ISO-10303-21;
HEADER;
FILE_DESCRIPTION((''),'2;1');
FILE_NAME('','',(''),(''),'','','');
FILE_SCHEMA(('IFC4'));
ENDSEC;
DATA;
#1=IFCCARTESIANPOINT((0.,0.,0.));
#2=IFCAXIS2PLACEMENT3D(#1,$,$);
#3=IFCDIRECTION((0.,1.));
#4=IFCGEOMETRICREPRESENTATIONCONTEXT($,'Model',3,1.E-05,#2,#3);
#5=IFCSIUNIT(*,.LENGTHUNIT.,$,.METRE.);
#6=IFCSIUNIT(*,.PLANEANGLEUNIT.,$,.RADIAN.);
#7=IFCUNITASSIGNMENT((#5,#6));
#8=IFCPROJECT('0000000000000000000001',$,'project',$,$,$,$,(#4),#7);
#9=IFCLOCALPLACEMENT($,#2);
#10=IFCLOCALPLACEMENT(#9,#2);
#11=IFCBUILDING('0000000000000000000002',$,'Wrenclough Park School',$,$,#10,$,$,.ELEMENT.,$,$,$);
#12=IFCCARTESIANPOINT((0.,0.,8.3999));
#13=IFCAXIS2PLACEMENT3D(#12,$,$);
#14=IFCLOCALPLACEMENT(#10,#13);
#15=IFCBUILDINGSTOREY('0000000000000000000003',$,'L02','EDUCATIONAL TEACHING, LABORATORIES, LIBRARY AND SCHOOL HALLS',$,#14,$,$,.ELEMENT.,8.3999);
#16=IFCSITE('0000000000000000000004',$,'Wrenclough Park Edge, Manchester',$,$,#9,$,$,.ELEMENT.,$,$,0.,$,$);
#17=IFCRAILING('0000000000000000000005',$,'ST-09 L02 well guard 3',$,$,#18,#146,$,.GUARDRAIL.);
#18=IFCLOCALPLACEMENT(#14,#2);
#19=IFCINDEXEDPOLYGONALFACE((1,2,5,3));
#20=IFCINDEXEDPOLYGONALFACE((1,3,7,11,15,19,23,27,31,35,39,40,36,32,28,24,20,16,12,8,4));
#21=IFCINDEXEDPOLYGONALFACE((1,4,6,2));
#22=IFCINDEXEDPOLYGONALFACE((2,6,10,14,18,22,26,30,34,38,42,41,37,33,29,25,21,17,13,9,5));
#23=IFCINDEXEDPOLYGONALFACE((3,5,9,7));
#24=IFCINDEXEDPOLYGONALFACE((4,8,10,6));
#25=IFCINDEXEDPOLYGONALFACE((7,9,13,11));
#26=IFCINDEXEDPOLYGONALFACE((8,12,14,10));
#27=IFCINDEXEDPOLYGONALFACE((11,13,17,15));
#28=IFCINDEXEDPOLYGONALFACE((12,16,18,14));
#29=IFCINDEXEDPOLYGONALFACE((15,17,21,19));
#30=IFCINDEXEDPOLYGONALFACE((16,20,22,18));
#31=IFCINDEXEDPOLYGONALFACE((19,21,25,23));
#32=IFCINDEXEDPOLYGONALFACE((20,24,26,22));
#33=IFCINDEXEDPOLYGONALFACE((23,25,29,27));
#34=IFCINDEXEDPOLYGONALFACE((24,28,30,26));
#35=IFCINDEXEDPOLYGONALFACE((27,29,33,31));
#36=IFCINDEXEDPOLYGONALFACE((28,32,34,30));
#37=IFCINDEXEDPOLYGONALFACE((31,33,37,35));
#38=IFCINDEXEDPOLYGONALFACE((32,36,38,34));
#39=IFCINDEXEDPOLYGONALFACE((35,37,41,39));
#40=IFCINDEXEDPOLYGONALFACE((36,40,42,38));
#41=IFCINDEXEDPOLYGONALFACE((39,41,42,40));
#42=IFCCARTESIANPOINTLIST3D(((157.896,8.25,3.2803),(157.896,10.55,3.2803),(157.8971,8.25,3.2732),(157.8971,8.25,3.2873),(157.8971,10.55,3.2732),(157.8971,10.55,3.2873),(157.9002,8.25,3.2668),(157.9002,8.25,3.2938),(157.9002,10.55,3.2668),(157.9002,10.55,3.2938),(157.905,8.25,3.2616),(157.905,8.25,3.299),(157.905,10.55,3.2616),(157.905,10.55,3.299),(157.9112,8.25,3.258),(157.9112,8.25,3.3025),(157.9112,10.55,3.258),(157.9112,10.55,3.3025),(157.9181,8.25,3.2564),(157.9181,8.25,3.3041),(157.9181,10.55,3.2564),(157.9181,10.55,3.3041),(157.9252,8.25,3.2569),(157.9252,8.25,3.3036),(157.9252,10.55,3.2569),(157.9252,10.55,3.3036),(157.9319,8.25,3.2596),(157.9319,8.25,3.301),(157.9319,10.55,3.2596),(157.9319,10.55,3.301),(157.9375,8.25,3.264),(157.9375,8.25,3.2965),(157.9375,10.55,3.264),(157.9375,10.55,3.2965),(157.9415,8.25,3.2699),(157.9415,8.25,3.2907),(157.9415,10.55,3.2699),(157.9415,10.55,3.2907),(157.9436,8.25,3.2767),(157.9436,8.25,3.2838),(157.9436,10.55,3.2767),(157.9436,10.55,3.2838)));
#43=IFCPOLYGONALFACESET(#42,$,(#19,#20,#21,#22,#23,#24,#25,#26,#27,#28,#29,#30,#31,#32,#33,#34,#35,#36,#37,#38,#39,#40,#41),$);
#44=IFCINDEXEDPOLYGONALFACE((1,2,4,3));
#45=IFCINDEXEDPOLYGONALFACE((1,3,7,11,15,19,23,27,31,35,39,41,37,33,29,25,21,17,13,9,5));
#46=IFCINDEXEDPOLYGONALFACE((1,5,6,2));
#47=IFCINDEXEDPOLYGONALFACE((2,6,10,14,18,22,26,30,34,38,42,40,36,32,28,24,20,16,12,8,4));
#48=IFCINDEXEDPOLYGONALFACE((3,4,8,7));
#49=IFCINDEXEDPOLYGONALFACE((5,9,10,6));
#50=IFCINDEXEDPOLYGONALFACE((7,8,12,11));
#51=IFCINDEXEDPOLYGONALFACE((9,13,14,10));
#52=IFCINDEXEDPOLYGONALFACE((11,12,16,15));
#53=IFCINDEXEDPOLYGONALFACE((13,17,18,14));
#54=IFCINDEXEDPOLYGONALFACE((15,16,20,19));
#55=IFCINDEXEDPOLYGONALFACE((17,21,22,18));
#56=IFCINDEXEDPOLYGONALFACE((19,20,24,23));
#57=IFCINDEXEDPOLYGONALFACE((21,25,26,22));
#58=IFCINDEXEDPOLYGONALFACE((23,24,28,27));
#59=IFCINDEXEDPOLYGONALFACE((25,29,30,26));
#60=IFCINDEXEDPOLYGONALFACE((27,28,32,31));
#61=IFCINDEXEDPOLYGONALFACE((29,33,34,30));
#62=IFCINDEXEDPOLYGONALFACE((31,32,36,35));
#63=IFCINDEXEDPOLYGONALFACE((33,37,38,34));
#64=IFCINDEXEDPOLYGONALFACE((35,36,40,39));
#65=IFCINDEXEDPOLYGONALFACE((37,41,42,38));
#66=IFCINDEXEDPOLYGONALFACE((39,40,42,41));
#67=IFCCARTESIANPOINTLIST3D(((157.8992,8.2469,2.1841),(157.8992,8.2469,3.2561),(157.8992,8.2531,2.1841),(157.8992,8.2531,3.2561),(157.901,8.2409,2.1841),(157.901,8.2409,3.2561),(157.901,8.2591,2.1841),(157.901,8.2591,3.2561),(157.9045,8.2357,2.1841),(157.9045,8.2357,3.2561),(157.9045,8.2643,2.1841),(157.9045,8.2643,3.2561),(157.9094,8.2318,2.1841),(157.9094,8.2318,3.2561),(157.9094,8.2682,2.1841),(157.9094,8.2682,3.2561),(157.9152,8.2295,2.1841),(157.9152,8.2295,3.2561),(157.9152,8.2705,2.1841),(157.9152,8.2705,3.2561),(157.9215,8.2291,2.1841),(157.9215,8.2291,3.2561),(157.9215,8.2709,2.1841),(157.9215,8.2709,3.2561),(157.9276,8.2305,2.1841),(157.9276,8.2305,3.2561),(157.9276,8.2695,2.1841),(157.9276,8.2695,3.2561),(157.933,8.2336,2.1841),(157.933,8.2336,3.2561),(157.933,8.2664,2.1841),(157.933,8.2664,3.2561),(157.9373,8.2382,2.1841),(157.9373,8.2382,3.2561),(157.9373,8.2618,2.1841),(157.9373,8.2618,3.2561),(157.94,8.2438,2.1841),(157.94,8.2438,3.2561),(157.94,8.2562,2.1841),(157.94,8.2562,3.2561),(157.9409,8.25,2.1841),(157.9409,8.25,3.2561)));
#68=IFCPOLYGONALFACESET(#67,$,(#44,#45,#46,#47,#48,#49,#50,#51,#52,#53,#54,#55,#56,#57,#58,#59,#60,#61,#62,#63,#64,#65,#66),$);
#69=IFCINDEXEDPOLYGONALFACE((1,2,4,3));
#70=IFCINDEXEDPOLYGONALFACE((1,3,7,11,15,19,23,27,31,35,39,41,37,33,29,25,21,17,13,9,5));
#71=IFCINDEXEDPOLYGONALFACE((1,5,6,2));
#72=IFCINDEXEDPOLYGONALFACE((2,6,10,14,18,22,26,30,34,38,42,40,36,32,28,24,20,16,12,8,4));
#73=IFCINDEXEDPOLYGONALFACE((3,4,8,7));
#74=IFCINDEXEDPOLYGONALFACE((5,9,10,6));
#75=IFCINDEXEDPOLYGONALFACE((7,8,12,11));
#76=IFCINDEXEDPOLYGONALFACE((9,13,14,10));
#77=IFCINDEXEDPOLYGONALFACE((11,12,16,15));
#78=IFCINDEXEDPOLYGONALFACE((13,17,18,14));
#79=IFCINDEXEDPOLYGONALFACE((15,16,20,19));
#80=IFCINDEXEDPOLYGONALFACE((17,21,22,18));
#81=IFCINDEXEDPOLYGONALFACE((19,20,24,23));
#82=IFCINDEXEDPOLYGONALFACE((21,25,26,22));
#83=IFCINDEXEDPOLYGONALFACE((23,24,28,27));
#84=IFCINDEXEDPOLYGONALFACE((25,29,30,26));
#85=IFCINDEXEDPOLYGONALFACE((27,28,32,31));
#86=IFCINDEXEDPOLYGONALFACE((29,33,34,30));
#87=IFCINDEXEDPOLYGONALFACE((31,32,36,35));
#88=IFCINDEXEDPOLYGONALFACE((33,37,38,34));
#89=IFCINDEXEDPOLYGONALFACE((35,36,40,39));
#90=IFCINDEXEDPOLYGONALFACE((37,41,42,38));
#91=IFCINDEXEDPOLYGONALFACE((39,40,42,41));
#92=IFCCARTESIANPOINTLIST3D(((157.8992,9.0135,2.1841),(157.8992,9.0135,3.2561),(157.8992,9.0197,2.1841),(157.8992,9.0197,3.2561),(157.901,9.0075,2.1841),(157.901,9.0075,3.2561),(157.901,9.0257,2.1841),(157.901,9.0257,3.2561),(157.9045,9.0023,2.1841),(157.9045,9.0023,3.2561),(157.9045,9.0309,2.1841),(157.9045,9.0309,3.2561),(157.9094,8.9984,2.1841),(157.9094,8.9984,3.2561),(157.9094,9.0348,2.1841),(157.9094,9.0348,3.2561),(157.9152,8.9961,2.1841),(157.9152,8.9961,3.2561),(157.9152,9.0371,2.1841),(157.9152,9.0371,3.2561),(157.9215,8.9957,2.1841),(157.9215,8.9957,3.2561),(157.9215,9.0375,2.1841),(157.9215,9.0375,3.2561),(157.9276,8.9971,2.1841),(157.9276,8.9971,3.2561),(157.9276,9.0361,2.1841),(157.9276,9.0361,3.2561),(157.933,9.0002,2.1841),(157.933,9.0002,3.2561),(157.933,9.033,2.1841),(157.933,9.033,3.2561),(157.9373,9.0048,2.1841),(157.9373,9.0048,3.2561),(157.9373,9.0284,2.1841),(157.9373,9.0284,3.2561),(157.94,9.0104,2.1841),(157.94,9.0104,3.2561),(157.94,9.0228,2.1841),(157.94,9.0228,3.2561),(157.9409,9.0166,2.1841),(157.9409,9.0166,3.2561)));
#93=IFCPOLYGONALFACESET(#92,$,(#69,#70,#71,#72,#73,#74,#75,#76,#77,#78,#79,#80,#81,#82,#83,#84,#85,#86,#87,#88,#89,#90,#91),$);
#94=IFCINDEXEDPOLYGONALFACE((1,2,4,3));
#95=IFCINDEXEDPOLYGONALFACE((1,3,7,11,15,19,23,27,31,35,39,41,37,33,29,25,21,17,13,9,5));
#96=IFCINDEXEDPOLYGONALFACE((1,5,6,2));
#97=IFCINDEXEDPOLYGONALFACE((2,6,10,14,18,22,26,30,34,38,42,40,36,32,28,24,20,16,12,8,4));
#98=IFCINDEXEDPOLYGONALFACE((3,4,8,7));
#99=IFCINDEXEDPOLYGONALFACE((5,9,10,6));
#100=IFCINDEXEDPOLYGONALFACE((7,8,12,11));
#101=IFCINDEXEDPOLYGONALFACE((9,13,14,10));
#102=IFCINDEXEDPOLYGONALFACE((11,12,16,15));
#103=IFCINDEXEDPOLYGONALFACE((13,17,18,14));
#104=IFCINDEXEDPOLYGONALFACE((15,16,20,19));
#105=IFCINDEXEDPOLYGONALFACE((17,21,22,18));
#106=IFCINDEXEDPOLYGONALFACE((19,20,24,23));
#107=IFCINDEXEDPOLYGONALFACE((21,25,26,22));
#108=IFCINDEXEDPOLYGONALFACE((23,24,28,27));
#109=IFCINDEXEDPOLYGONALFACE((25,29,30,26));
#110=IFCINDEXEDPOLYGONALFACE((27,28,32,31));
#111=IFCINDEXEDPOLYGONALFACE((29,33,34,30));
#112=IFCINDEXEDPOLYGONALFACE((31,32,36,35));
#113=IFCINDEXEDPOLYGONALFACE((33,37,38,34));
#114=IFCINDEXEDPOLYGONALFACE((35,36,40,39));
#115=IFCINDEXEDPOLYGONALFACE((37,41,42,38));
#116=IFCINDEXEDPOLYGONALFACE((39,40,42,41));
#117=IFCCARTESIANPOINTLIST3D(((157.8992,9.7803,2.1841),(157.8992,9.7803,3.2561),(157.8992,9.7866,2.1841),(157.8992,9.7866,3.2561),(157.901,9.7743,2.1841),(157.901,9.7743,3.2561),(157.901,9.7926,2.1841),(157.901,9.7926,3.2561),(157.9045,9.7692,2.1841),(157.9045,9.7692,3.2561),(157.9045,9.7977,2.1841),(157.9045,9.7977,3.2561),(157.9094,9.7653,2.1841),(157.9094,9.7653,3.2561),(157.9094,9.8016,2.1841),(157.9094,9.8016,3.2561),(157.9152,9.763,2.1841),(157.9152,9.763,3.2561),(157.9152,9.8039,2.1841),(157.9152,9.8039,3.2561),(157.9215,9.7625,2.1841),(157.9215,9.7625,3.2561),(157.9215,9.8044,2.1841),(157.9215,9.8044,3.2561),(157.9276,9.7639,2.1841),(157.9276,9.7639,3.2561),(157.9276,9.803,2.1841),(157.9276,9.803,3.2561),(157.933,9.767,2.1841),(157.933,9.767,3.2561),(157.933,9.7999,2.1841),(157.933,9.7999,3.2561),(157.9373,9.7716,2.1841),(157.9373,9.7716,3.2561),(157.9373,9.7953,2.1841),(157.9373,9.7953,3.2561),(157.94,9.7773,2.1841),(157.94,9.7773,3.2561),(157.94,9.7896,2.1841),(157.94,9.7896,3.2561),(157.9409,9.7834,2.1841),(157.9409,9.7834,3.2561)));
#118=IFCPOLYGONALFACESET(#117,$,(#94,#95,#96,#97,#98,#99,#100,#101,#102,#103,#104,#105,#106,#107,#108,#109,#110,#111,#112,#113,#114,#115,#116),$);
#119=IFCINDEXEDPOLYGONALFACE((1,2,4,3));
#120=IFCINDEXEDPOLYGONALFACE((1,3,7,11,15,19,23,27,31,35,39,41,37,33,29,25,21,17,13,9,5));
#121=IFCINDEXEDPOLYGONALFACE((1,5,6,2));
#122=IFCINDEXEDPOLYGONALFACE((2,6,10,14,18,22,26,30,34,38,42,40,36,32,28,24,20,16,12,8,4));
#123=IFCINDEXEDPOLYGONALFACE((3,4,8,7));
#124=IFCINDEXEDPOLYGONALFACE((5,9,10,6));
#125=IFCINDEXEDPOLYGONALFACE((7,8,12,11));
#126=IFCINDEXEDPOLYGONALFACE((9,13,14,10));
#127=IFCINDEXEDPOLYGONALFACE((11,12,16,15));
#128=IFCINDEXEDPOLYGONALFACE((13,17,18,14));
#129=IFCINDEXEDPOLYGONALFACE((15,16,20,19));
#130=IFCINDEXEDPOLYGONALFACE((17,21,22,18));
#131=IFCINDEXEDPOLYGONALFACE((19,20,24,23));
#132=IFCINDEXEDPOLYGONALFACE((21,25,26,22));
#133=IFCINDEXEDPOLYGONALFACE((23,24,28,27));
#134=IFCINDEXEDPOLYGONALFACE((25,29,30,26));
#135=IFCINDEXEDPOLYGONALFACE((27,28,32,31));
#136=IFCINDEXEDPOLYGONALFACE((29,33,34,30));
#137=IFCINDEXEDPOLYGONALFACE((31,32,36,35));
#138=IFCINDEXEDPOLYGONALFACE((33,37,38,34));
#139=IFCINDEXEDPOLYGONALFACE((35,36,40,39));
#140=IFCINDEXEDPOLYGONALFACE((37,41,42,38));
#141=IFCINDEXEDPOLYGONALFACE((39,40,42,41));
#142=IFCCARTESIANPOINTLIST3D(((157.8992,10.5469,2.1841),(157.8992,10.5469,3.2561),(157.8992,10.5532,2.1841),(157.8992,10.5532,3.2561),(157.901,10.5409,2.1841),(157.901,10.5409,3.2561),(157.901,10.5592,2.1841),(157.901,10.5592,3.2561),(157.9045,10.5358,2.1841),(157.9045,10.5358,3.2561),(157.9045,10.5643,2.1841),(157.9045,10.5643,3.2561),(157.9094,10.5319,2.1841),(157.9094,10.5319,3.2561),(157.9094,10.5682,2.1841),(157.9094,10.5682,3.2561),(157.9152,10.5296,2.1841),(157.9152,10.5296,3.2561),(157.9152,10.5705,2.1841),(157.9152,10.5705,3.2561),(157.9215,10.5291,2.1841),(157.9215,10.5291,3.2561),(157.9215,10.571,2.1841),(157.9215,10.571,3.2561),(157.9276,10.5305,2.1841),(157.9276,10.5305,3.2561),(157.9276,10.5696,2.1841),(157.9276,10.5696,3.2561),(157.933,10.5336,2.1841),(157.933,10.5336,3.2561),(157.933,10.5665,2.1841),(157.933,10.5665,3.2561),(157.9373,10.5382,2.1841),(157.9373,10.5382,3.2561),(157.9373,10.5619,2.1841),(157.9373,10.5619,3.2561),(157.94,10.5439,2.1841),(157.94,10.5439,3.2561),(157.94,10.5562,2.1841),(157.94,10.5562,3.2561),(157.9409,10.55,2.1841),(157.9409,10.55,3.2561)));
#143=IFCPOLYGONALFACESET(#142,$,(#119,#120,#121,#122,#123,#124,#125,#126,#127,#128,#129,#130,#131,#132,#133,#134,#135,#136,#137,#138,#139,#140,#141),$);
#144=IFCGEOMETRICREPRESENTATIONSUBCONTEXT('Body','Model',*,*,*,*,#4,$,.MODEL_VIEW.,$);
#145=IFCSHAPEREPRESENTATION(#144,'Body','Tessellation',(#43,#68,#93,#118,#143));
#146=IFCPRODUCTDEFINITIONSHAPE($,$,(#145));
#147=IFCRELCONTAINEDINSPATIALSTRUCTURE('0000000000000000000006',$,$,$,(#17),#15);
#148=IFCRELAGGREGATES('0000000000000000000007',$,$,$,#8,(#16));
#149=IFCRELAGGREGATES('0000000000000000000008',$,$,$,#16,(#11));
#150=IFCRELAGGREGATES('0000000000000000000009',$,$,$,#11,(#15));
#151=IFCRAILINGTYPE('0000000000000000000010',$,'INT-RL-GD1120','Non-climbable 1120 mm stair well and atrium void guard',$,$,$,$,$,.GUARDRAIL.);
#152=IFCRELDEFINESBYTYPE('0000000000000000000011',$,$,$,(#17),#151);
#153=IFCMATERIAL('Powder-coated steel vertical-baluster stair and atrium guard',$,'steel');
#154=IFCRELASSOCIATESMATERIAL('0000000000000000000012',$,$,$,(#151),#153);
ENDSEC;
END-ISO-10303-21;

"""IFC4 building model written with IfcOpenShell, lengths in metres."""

from ifc_helpers import new_model, si_unit, direction, frame, origin, origin_2d, place, context, subcontext, project, spatial, circle, extrude, material, type_object, element, save


model = new_model("IFC4")

# Units and contexts
model_context = context("Model", 3, precision=1e-05, world=origin(), true_north=direction((0.0, 1.0)))
body_context = subcontext(model_context, "Body", "Model", "MODEL_VIEW")
ifc_project = project(units=[si_unit("LENGTHUNIT", "METRE"), si_unit("PLANEANGLEUNIT", "RADIAN")], contexts=[model_context])

# Site, building, storey
site_placement = place(None, origin())
site = spatial("IfcSite", under=ifc_project, at=site_placement, Name="Wrenclough Park Edge, Manchester", CompositionType="ELEMENT", RefElevation=0.0)
building_placement = place(site_placement, origin())
building = spatial("IfcBuilding", under=site, at=building_placement, Name="Wrenclough Park School", CompositionType="ELEMENT")
storey_placement = place(building_placement, frame((0.0, 0.0, 8.3999)))
storey = spatial("IfcBuildingStorey", under=building, at=storey_placement, Name="L02", Description="EDUCATIONAL TEACHING, LABORATORIES, LIBRARY AND SCHOOL HALLS", CompositionType="ELEMENT", Elevation=8.3999)

# Railing
ifc_material_1 = material(Name="Powder-coated steel vertical-baluster stair and atrium guard", Category="steel")
railing_type_1 = type_object("IfcRailingType", Name="INT-RL-GD1120", Description="Non-climbable 1120 mm stair well and atrium void guard", PredefinedType="GUARDRAIL", material=ifc_material_1)
railing_1_placement = place(storey_placement, frame((157.9199, 8.25, 2.1841)))
element("IfcRailing", 1, at=railing_1_placement, inside=storey, type_object=railing_type_1, Name="ST-09 L02 well guard 3", PredefinedType="GUARDRAIL", context=body_context, shape_type="SweptSolid", body=[
    extrude(circle(Radius=0.0239, at=origin_2d()), frame((0.0, 0.0, 1.0962), z_axis=(0.0, 1.0, 0.0), x_axis=(-1.0, 0.0, 0.0)), (0.0, 0.0, 1.0), 2.3),
    extrude(circle(Radius=0.021, at=origin_2d()), origin(), (0.0, 0.0, 1.0), 1.072),
    extrude(circle(Radius=0.021, at=origin_2d()), frame((0.0, 0.7666, 0.0)), (0.0, 0.0, 1.0), 1.072),
    extrude(circle(Radius=0.021, at=origin_2d()), frame((0.0, 1.5334, 0.0)), (0.0, 0.0, 1.0), 1.072),
    extrude(circle(Radius=0.021, at=origin_2d()), frame((0.0, 2.3, 0.0)), (0.0, 0.0, 1.0), 1.072),
])

save(model, "model.ifc")
